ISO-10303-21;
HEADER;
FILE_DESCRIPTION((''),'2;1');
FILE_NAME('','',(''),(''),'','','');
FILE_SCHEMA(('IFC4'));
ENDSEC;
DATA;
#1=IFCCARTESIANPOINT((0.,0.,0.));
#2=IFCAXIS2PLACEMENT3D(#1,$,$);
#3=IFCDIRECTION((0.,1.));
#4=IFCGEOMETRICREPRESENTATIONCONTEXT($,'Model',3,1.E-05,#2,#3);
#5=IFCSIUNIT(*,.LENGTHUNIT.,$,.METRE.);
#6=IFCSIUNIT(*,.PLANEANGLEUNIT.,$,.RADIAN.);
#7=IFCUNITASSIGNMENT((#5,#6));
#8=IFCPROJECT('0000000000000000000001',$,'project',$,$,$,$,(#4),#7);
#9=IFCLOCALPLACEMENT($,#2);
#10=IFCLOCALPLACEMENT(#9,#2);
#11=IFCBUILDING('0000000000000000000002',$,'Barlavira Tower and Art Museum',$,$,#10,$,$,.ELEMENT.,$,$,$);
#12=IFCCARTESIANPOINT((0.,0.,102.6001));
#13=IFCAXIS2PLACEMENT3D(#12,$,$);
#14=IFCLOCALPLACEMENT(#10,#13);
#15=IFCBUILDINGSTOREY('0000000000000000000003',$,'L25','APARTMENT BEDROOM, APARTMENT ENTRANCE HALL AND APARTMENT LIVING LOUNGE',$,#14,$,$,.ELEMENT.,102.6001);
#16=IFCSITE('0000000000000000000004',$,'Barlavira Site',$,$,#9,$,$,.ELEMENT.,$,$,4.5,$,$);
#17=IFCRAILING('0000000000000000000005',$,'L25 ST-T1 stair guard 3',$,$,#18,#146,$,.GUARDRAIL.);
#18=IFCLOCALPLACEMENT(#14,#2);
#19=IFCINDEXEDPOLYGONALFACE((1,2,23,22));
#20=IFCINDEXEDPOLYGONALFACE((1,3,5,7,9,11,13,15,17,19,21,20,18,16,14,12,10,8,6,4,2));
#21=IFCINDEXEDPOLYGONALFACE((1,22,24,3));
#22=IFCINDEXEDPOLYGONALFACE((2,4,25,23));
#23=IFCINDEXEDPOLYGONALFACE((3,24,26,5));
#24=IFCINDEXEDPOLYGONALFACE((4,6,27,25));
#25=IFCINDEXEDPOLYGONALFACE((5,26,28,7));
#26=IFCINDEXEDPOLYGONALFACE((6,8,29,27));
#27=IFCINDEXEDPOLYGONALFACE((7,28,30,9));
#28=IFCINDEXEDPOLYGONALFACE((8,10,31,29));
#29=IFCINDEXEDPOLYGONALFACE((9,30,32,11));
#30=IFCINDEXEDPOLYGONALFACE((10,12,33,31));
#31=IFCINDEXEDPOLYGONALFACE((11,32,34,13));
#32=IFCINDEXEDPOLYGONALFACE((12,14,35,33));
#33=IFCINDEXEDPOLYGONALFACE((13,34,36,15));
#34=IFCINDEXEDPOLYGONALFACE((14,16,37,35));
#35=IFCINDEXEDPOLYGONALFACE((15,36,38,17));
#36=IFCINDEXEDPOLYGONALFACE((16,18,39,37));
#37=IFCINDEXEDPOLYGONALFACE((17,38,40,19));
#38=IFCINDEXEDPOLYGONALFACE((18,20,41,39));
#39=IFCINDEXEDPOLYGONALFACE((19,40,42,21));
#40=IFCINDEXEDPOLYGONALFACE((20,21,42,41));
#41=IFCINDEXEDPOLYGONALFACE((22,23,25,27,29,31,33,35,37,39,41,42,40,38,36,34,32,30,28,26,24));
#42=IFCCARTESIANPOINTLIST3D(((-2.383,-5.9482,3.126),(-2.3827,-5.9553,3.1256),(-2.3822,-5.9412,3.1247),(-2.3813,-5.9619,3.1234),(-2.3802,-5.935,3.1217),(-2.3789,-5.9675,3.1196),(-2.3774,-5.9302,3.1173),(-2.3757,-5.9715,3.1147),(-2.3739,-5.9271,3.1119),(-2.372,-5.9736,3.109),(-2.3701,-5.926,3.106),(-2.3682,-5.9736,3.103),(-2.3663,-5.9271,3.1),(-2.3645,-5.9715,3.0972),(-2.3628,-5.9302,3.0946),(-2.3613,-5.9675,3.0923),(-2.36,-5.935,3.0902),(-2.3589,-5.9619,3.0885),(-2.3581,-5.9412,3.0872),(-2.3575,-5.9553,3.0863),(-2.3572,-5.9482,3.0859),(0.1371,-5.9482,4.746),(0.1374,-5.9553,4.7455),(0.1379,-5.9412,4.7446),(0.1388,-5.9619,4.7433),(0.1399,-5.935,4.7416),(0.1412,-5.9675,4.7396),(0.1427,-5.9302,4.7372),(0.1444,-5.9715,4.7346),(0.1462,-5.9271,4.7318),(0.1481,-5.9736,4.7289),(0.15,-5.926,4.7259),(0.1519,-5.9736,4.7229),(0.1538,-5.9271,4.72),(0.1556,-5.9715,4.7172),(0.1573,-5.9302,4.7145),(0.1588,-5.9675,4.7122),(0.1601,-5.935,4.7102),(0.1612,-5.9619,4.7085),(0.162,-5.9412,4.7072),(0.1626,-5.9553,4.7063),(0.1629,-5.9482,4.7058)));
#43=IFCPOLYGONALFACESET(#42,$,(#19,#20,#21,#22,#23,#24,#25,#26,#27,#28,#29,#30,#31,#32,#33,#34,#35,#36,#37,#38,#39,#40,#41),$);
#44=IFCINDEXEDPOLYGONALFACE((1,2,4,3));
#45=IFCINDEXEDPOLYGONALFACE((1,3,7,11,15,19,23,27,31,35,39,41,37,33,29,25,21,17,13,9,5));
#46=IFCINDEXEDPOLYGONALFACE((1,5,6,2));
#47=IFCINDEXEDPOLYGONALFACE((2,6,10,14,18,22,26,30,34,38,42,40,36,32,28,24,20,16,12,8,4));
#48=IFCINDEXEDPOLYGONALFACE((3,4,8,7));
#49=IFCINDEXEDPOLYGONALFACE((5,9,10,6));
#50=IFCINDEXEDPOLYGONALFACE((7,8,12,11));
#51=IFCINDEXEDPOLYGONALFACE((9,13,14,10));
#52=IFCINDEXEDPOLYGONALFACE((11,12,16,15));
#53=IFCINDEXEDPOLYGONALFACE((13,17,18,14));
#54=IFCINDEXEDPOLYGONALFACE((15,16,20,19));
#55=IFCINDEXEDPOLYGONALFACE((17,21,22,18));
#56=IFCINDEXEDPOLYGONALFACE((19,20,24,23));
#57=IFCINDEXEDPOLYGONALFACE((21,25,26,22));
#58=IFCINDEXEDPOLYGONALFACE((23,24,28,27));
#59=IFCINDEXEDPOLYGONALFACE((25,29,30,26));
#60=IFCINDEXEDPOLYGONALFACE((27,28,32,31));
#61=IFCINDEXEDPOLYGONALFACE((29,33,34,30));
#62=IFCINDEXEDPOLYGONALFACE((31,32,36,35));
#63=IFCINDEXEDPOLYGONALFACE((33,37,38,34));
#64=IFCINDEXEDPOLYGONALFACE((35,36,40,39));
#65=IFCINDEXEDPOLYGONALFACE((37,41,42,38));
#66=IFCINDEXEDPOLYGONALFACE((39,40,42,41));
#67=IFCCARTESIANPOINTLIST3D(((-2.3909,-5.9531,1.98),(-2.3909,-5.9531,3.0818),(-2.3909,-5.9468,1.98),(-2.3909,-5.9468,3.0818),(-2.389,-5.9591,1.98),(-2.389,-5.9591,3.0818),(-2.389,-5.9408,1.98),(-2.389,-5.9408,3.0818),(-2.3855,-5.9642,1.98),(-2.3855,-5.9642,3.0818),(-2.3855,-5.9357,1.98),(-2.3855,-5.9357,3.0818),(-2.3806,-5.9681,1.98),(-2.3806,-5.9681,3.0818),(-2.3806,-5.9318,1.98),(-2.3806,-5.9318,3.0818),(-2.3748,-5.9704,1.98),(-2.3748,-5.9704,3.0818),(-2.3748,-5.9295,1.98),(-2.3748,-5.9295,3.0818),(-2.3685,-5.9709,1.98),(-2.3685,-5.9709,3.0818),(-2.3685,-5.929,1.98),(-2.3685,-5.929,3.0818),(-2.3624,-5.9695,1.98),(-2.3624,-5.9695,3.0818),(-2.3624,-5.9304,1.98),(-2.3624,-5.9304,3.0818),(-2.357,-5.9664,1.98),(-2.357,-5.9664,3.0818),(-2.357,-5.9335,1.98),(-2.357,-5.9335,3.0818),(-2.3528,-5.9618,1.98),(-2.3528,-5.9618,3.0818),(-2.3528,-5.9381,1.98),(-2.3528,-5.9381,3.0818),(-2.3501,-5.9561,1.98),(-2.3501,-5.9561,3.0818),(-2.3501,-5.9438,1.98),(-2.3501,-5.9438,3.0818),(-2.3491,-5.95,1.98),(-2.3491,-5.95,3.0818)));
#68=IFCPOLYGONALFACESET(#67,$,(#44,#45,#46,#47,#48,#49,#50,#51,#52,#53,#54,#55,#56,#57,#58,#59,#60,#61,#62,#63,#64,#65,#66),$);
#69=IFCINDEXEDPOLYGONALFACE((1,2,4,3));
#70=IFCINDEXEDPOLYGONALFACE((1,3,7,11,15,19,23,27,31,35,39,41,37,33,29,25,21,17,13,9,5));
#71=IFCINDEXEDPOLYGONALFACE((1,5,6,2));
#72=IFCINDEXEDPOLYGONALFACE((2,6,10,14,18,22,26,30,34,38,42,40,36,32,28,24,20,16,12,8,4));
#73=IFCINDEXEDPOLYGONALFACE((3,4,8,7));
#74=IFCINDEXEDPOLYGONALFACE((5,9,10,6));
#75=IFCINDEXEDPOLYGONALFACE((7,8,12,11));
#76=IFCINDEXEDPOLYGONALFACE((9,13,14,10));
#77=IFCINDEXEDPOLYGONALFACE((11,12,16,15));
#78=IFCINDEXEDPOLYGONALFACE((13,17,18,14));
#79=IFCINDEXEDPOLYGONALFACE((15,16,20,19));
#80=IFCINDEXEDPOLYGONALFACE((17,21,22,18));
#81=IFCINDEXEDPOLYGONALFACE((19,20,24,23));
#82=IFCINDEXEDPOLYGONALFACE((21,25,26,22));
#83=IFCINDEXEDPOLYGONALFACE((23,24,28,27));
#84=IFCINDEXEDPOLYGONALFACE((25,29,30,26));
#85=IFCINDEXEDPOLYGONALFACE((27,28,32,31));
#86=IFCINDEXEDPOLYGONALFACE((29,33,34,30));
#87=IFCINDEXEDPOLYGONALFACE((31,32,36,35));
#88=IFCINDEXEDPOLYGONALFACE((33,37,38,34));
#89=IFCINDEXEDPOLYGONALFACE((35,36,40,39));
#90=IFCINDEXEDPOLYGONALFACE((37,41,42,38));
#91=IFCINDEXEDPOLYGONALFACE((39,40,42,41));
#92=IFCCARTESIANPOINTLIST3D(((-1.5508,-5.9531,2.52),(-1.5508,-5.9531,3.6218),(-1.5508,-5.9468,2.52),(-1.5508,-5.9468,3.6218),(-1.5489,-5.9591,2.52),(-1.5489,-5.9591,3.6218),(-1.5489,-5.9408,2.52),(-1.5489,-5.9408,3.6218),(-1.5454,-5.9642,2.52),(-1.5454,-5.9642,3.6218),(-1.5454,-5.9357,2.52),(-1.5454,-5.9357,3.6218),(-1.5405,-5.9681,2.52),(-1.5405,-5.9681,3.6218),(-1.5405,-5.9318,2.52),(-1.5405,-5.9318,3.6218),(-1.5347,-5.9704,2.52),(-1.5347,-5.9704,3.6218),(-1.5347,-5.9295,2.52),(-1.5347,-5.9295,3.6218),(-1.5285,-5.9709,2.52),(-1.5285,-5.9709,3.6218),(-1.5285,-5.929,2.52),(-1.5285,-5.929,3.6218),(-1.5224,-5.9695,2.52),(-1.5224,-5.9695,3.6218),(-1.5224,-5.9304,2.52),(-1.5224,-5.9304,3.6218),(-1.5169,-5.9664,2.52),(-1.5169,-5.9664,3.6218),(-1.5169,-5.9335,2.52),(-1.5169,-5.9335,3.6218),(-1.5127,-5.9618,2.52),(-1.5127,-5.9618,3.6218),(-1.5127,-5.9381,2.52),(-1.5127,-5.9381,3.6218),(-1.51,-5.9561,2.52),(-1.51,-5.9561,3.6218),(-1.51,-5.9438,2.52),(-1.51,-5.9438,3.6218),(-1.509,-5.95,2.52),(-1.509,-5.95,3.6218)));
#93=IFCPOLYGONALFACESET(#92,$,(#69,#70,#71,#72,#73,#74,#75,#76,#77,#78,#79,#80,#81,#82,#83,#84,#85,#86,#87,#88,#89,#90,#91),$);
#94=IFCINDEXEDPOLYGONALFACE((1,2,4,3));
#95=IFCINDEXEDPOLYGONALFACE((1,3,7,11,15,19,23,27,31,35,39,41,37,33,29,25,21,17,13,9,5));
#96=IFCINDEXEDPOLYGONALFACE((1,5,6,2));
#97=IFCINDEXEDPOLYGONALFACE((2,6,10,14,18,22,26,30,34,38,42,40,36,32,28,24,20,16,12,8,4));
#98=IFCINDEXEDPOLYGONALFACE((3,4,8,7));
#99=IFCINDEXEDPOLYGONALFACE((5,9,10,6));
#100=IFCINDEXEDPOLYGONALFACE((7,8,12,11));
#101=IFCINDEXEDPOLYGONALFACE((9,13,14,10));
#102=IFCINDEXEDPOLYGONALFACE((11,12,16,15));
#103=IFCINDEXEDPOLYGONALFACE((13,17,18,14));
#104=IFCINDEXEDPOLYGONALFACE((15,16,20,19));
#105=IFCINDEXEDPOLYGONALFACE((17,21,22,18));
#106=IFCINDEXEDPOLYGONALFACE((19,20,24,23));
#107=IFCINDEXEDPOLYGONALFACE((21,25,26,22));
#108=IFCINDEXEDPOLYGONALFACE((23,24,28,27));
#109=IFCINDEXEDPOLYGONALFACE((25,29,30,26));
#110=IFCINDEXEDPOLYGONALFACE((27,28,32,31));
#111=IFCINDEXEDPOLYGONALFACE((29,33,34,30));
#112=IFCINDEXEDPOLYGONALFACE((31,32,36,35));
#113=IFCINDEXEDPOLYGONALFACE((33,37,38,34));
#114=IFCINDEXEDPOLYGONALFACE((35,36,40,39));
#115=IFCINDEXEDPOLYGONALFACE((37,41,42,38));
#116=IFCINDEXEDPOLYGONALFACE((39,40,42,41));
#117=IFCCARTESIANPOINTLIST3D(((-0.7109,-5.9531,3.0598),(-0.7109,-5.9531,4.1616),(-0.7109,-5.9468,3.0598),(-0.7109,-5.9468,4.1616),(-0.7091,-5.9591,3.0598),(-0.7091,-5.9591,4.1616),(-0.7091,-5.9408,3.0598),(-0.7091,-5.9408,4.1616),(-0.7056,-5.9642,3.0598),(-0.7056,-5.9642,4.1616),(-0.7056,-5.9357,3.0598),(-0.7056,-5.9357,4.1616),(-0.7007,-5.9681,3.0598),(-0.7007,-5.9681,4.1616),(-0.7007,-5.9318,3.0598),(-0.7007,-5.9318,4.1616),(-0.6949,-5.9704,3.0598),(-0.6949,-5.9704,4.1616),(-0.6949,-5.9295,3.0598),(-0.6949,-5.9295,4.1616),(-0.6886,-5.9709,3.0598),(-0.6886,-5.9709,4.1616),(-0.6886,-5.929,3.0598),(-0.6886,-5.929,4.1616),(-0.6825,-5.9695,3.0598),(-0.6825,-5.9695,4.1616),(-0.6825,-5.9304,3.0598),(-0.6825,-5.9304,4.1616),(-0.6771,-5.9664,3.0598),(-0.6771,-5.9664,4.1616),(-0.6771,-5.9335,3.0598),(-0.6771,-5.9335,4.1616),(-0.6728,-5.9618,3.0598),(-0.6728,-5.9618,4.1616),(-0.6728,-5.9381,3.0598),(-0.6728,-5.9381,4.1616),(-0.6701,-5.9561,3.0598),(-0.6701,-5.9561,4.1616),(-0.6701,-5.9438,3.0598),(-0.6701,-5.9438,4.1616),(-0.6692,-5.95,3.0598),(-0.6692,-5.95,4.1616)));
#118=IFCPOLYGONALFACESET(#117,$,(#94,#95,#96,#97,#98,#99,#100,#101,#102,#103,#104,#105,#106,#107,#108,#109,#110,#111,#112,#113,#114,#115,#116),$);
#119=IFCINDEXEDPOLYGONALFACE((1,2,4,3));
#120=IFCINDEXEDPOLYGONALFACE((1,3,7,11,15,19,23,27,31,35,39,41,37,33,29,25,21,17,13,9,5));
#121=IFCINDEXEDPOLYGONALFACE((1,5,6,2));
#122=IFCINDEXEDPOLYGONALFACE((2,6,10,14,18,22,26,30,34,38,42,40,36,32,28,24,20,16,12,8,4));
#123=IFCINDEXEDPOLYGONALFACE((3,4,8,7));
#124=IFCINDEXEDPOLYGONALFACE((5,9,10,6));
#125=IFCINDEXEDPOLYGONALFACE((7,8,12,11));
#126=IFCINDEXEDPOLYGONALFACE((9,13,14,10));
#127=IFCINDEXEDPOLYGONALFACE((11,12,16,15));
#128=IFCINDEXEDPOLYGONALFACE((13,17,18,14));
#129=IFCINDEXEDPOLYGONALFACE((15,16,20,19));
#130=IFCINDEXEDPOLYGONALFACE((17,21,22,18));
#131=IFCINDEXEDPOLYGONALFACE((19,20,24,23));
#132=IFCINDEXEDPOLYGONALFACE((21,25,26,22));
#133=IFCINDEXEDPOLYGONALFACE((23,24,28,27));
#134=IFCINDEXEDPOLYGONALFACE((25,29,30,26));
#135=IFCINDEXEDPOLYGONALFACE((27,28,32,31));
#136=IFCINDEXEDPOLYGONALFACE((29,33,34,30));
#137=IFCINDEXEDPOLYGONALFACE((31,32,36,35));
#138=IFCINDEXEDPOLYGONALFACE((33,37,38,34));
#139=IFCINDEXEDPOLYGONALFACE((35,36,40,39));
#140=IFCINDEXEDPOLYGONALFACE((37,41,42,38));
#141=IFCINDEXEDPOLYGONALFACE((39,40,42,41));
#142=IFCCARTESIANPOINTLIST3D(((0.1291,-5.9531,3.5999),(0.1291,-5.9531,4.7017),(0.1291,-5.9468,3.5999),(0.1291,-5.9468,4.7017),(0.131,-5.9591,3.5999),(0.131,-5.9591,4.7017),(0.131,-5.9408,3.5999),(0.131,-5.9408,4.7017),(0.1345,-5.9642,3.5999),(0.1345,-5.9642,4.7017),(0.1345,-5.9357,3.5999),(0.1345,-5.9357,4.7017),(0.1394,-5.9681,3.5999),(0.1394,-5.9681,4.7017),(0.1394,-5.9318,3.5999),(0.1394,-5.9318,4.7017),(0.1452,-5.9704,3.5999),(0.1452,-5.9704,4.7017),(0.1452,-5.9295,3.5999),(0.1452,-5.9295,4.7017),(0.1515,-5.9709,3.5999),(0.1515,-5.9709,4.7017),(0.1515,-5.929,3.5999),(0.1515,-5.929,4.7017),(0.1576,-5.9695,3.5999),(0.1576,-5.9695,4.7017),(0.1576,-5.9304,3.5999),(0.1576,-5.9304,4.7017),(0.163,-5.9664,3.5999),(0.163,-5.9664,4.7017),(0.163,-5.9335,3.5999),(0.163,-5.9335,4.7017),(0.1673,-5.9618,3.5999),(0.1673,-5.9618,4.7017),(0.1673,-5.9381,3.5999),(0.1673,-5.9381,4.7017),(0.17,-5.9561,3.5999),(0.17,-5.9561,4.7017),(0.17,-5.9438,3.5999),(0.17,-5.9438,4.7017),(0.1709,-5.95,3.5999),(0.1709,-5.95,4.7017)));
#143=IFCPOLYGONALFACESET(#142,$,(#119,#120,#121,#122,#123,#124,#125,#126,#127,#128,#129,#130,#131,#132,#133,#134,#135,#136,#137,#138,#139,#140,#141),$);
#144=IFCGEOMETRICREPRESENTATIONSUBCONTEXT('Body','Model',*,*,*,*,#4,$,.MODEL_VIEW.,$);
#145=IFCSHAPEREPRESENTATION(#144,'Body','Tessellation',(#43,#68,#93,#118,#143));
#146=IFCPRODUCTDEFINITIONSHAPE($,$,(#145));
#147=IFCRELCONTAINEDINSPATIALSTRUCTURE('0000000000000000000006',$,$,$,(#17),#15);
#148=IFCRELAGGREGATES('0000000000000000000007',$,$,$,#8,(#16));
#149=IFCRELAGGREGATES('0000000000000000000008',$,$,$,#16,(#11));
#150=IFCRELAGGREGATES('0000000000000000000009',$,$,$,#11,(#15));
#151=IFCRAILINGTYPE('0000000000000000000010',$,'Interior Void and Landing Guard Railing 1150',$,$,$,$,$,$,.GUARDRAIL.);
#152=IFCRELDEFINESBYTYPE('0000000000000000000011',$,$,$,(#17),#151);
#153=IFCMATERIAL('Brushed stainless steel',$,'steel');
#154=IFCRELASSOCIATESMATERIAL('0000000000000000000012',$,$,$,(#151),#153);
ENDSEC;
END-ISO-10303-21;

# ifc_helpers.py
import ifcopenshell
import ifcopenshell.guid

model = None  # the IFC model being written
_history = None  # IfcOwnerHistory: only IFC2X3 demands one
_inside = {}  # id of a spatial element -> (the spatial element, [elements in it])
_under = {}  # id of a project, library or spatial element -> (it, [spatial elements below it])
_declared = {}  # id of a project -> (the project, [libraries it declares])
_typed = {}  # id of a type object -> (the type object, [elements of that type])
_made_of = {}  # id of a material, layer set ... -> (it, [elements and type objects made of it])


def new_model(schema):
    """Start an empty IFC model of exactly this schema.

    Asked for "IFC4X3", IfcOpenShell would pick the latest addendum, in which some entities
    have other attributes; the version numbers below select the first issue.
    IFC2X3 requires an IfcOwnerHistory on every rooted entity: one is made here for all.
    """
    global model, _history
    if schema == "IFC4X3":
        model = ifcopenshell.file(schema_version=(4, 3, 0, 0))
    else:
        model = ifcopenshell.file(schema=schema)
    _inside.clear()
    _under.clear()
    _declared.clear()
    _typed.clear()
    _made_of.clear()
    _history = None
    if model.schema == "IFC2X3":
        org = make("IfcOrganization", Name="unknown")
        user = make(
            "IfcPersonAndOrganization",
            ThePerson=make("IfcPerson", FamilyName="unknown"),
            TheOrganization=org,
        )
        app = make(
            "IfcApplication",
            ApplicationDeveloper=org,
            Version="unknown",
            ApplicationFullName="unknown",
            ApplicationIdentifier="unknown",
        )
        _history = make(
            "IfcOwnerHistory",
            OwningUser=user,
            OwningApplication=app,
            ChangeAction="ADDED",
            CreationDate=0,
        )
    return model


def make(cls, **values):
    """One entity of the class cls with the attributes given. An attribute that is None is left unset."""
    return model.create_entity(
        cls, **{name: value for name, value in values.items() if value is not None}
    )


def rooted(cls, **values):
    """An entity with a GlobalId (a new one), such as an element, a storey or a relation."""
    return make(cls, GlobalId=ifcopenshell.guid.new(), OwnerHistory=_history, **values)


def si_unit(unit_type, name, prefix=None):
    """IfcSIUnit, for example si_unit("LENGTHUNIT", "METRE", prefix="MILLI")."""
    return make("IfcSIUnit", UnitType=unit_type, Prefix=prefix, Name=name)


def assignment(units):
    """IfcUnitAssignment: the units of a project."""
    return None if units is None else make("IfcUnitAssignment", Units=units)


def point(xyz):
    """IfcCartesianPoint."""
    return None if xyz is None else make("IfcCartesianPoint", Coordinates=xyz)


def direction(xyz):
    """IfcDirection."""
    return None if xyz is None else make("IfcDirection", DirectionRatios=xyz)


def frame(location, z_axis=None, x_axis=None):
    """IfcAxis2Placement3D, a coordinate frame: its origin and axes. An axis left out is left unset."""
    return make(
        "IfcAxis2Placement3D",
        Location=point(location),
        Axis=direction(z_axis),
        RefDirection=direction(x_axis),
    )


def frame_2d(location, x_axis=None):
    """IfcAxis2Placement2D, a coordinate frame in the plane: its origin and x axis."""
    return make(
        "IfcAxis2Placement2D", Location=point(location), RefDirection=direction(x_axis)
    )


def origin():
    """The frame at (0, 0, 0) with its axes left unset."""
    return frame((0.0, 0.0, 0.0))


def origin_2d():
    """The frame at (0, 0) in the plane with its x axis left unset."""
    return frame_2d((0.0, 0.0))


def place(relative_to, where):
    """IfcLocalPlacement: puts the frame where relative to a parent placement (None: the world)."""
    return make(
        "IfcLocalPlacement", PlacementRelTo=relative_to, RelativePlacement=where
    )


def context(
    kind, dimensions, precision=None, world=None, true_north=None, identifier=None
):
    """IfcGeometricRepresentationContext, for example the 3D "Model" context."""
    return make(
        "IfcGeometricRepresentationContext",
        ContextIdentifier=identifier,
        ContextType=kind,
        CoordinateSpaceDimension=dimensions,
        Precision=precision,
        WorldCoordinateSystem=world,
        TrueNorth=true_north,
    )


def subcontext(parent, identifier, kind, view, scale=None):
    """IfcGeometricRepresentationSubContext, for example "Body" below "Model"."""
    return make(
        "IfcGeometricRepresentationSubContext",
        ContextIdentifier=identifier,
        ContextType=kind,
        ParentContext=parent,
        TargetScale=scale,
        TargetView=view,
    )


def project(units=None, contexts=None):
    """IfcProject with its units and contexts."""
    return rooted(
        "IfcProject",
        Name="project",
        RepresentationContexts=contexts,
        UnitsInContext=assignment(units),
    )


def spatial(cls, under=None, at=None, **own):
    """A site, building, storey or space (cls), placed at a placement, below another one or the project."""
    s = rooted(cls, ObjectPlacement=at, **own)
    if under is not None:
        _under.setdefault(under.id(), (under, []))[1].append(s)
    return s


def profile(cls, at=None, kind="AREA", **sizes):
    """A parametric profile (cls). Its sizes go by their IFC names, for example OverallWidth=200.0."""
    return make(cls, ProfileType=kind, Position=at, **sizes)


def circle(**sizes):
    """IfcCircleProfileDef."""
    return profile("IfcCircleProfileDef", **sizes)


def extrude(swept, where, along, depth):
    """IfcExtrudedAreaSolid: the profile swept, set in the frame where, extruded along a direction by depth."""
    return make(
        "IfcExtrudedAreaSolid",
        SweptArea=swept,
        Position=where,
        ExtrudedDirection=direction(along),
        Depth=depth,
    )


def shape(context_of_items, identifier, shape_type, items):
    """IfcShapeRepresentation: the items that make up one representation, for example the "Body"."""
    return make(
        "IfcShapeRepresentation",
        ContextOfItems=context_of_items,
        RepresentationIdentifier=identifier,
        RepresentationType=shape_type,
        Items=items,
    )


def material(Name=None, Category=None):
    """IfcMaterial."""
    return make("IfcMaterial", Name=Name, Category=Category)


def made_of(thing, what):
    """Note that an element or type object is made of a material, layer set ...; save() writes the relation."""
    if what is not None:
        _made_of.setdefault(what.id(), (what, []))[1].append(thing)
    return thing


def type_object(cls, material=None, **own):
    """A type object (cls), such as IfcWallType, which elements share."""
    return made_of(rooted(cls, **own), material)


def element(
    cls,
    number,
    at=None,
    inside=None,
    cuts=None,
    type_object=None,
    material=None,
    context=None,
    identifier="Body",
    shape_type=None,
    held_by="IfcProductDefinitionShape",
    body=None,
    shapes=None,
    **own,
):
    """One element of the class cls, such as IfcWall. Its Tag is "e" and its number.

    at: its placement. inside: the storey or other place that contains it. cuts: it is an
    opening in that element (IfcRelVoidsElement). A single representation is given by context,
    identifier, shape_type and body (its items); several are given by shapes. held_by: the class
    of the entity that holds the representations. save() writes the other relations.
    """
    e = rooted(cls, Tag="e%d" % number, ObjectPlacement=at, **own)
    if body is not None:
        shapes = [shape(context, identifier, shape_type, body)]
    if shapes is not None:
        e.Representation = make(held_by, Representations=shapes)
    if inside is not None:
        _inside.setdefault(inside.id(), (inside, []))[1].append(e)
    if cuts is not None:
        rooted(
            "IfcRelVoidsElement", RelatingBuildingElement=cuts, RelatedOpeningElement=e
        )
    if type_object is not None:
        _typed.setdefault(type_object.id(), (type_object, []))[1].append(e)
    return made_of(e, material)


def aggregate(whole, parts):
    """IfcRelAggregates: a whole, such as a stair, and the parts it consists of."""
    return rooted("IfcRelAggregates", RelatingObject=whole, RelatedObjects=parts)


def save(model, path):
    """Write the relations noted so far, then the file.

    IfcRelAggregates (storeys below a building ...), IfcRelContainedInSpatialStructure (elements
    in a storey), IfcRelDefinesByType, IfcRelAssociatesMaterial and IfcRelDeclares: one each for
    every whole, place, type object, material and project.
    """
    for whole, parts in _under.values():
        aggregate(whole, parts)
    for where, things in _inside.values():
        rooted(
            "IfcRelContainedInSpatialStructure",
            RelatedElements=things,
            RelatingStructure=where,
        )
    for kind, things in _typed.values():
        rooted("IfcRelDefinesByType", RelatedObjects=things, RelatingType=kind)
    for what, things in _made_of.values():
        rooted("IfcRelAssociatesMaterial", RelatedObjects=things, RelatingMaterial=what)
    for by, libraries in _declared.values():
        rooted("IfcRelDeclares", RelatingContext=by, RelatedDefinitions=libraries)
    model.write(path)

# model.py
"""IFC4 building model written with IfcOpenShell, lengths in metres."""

from ifc_helpers import new_model, si_unit, direction, frame, origin, origin_2d, place, context, subcontext, project, spatial, circle, extrude, material, type_object, element, save


model = new_model("IFC4")

# Units and contexts
model_context = context("Model", 3, precision=1e-05, world=origin(), true_north=direction((0.0, 1.0)))
body_context = subcontext(model_context, "Body", "Model", "MODEL_VIEW")
ifc_project = project(units=[si_unit("LENGTHUNIT", "METRE"), si_unit("PLANEANGLEUNIT", "RADIAN")], contexts=[model_context])

# Site, building, storey
site_placement = place(None, origin())
site = spatial("IfcSite", under=ifc_project, at=site_placement, Name="Barlavira Site", CompositionType="ELEMENT", RefElevation=4.5)
building_placement = place(site_placement, origin())
building = spatial("IfcBuilding", under=site, at=building_placement, Name="Barlavira Tower and Art Museum", CompositionType="ELEMENT")
storey_placement = place(building_placement, frame((0.0, 0.0, 102.6001)))
storey = spatial("IfcBuildingStorey", under=building, at=storey_placement, Name="L25", Description="APARTMENT BEDROOM, APARTMENT ENTRANCE HALL AND APARTMENT LIVING LOUNGE", CompositionType="ELEMENT", Elevation=102.6001)

# Shared definitions
ifc_material_1 = material(Name="Brushed stainless steel", Category="steel")

# Railing
railing_type_1 = type_object("IfcRailingType", Name="Interior Void and Landing Guard Railing 1150", PredefinedType="GUARDRAIL", material=ifc_material_1)
railing_1_placement = place(storey_placement, frame((-2.3701, -5.95, 1.98)))
element("IfcRailing", 1, at=railing_1_placement, inside=storey, type_object=railing_type_1, Name="L25 ST-T1 stair guard 3", PredefinedType="GUARDRAIL", context=body_context, shape_type="SweptSolid", body=[
    extrude(circle(Radius=0.0239, at=origin_2d()), frame((0.0, 0.0, 1.126), z_axis=(0.8412, 0.0, 0.540725), x_axis=(0.0, 1.0, 0.0)), (0.0, 0.0, 1.0), 2.9958),
    extrude(circle(Radius=0.021, at=origin_2d()), origin(), (0.0, 0.0, 1.0), 1.1018),
    extrude(circle(Radius=0.021, at=origin_2d()), frame((0.8401, 0.0, 0.54)), (0.0, 0.0, 1.0), 1.1018),
    extrude(circle(Radius=0.021, at=origin_2d()), frame((1.6799, 0.0, 1.0798)), (0.0, 0.0, 1.0), 1.1018),
    extrude(circle(Radius=0.021, at=origin_2d()), frame((2.52, 0.0, 1.6199)), (0.0, 0.0, 1.0), 1.1018),
])

save(model, "model.ifc")
